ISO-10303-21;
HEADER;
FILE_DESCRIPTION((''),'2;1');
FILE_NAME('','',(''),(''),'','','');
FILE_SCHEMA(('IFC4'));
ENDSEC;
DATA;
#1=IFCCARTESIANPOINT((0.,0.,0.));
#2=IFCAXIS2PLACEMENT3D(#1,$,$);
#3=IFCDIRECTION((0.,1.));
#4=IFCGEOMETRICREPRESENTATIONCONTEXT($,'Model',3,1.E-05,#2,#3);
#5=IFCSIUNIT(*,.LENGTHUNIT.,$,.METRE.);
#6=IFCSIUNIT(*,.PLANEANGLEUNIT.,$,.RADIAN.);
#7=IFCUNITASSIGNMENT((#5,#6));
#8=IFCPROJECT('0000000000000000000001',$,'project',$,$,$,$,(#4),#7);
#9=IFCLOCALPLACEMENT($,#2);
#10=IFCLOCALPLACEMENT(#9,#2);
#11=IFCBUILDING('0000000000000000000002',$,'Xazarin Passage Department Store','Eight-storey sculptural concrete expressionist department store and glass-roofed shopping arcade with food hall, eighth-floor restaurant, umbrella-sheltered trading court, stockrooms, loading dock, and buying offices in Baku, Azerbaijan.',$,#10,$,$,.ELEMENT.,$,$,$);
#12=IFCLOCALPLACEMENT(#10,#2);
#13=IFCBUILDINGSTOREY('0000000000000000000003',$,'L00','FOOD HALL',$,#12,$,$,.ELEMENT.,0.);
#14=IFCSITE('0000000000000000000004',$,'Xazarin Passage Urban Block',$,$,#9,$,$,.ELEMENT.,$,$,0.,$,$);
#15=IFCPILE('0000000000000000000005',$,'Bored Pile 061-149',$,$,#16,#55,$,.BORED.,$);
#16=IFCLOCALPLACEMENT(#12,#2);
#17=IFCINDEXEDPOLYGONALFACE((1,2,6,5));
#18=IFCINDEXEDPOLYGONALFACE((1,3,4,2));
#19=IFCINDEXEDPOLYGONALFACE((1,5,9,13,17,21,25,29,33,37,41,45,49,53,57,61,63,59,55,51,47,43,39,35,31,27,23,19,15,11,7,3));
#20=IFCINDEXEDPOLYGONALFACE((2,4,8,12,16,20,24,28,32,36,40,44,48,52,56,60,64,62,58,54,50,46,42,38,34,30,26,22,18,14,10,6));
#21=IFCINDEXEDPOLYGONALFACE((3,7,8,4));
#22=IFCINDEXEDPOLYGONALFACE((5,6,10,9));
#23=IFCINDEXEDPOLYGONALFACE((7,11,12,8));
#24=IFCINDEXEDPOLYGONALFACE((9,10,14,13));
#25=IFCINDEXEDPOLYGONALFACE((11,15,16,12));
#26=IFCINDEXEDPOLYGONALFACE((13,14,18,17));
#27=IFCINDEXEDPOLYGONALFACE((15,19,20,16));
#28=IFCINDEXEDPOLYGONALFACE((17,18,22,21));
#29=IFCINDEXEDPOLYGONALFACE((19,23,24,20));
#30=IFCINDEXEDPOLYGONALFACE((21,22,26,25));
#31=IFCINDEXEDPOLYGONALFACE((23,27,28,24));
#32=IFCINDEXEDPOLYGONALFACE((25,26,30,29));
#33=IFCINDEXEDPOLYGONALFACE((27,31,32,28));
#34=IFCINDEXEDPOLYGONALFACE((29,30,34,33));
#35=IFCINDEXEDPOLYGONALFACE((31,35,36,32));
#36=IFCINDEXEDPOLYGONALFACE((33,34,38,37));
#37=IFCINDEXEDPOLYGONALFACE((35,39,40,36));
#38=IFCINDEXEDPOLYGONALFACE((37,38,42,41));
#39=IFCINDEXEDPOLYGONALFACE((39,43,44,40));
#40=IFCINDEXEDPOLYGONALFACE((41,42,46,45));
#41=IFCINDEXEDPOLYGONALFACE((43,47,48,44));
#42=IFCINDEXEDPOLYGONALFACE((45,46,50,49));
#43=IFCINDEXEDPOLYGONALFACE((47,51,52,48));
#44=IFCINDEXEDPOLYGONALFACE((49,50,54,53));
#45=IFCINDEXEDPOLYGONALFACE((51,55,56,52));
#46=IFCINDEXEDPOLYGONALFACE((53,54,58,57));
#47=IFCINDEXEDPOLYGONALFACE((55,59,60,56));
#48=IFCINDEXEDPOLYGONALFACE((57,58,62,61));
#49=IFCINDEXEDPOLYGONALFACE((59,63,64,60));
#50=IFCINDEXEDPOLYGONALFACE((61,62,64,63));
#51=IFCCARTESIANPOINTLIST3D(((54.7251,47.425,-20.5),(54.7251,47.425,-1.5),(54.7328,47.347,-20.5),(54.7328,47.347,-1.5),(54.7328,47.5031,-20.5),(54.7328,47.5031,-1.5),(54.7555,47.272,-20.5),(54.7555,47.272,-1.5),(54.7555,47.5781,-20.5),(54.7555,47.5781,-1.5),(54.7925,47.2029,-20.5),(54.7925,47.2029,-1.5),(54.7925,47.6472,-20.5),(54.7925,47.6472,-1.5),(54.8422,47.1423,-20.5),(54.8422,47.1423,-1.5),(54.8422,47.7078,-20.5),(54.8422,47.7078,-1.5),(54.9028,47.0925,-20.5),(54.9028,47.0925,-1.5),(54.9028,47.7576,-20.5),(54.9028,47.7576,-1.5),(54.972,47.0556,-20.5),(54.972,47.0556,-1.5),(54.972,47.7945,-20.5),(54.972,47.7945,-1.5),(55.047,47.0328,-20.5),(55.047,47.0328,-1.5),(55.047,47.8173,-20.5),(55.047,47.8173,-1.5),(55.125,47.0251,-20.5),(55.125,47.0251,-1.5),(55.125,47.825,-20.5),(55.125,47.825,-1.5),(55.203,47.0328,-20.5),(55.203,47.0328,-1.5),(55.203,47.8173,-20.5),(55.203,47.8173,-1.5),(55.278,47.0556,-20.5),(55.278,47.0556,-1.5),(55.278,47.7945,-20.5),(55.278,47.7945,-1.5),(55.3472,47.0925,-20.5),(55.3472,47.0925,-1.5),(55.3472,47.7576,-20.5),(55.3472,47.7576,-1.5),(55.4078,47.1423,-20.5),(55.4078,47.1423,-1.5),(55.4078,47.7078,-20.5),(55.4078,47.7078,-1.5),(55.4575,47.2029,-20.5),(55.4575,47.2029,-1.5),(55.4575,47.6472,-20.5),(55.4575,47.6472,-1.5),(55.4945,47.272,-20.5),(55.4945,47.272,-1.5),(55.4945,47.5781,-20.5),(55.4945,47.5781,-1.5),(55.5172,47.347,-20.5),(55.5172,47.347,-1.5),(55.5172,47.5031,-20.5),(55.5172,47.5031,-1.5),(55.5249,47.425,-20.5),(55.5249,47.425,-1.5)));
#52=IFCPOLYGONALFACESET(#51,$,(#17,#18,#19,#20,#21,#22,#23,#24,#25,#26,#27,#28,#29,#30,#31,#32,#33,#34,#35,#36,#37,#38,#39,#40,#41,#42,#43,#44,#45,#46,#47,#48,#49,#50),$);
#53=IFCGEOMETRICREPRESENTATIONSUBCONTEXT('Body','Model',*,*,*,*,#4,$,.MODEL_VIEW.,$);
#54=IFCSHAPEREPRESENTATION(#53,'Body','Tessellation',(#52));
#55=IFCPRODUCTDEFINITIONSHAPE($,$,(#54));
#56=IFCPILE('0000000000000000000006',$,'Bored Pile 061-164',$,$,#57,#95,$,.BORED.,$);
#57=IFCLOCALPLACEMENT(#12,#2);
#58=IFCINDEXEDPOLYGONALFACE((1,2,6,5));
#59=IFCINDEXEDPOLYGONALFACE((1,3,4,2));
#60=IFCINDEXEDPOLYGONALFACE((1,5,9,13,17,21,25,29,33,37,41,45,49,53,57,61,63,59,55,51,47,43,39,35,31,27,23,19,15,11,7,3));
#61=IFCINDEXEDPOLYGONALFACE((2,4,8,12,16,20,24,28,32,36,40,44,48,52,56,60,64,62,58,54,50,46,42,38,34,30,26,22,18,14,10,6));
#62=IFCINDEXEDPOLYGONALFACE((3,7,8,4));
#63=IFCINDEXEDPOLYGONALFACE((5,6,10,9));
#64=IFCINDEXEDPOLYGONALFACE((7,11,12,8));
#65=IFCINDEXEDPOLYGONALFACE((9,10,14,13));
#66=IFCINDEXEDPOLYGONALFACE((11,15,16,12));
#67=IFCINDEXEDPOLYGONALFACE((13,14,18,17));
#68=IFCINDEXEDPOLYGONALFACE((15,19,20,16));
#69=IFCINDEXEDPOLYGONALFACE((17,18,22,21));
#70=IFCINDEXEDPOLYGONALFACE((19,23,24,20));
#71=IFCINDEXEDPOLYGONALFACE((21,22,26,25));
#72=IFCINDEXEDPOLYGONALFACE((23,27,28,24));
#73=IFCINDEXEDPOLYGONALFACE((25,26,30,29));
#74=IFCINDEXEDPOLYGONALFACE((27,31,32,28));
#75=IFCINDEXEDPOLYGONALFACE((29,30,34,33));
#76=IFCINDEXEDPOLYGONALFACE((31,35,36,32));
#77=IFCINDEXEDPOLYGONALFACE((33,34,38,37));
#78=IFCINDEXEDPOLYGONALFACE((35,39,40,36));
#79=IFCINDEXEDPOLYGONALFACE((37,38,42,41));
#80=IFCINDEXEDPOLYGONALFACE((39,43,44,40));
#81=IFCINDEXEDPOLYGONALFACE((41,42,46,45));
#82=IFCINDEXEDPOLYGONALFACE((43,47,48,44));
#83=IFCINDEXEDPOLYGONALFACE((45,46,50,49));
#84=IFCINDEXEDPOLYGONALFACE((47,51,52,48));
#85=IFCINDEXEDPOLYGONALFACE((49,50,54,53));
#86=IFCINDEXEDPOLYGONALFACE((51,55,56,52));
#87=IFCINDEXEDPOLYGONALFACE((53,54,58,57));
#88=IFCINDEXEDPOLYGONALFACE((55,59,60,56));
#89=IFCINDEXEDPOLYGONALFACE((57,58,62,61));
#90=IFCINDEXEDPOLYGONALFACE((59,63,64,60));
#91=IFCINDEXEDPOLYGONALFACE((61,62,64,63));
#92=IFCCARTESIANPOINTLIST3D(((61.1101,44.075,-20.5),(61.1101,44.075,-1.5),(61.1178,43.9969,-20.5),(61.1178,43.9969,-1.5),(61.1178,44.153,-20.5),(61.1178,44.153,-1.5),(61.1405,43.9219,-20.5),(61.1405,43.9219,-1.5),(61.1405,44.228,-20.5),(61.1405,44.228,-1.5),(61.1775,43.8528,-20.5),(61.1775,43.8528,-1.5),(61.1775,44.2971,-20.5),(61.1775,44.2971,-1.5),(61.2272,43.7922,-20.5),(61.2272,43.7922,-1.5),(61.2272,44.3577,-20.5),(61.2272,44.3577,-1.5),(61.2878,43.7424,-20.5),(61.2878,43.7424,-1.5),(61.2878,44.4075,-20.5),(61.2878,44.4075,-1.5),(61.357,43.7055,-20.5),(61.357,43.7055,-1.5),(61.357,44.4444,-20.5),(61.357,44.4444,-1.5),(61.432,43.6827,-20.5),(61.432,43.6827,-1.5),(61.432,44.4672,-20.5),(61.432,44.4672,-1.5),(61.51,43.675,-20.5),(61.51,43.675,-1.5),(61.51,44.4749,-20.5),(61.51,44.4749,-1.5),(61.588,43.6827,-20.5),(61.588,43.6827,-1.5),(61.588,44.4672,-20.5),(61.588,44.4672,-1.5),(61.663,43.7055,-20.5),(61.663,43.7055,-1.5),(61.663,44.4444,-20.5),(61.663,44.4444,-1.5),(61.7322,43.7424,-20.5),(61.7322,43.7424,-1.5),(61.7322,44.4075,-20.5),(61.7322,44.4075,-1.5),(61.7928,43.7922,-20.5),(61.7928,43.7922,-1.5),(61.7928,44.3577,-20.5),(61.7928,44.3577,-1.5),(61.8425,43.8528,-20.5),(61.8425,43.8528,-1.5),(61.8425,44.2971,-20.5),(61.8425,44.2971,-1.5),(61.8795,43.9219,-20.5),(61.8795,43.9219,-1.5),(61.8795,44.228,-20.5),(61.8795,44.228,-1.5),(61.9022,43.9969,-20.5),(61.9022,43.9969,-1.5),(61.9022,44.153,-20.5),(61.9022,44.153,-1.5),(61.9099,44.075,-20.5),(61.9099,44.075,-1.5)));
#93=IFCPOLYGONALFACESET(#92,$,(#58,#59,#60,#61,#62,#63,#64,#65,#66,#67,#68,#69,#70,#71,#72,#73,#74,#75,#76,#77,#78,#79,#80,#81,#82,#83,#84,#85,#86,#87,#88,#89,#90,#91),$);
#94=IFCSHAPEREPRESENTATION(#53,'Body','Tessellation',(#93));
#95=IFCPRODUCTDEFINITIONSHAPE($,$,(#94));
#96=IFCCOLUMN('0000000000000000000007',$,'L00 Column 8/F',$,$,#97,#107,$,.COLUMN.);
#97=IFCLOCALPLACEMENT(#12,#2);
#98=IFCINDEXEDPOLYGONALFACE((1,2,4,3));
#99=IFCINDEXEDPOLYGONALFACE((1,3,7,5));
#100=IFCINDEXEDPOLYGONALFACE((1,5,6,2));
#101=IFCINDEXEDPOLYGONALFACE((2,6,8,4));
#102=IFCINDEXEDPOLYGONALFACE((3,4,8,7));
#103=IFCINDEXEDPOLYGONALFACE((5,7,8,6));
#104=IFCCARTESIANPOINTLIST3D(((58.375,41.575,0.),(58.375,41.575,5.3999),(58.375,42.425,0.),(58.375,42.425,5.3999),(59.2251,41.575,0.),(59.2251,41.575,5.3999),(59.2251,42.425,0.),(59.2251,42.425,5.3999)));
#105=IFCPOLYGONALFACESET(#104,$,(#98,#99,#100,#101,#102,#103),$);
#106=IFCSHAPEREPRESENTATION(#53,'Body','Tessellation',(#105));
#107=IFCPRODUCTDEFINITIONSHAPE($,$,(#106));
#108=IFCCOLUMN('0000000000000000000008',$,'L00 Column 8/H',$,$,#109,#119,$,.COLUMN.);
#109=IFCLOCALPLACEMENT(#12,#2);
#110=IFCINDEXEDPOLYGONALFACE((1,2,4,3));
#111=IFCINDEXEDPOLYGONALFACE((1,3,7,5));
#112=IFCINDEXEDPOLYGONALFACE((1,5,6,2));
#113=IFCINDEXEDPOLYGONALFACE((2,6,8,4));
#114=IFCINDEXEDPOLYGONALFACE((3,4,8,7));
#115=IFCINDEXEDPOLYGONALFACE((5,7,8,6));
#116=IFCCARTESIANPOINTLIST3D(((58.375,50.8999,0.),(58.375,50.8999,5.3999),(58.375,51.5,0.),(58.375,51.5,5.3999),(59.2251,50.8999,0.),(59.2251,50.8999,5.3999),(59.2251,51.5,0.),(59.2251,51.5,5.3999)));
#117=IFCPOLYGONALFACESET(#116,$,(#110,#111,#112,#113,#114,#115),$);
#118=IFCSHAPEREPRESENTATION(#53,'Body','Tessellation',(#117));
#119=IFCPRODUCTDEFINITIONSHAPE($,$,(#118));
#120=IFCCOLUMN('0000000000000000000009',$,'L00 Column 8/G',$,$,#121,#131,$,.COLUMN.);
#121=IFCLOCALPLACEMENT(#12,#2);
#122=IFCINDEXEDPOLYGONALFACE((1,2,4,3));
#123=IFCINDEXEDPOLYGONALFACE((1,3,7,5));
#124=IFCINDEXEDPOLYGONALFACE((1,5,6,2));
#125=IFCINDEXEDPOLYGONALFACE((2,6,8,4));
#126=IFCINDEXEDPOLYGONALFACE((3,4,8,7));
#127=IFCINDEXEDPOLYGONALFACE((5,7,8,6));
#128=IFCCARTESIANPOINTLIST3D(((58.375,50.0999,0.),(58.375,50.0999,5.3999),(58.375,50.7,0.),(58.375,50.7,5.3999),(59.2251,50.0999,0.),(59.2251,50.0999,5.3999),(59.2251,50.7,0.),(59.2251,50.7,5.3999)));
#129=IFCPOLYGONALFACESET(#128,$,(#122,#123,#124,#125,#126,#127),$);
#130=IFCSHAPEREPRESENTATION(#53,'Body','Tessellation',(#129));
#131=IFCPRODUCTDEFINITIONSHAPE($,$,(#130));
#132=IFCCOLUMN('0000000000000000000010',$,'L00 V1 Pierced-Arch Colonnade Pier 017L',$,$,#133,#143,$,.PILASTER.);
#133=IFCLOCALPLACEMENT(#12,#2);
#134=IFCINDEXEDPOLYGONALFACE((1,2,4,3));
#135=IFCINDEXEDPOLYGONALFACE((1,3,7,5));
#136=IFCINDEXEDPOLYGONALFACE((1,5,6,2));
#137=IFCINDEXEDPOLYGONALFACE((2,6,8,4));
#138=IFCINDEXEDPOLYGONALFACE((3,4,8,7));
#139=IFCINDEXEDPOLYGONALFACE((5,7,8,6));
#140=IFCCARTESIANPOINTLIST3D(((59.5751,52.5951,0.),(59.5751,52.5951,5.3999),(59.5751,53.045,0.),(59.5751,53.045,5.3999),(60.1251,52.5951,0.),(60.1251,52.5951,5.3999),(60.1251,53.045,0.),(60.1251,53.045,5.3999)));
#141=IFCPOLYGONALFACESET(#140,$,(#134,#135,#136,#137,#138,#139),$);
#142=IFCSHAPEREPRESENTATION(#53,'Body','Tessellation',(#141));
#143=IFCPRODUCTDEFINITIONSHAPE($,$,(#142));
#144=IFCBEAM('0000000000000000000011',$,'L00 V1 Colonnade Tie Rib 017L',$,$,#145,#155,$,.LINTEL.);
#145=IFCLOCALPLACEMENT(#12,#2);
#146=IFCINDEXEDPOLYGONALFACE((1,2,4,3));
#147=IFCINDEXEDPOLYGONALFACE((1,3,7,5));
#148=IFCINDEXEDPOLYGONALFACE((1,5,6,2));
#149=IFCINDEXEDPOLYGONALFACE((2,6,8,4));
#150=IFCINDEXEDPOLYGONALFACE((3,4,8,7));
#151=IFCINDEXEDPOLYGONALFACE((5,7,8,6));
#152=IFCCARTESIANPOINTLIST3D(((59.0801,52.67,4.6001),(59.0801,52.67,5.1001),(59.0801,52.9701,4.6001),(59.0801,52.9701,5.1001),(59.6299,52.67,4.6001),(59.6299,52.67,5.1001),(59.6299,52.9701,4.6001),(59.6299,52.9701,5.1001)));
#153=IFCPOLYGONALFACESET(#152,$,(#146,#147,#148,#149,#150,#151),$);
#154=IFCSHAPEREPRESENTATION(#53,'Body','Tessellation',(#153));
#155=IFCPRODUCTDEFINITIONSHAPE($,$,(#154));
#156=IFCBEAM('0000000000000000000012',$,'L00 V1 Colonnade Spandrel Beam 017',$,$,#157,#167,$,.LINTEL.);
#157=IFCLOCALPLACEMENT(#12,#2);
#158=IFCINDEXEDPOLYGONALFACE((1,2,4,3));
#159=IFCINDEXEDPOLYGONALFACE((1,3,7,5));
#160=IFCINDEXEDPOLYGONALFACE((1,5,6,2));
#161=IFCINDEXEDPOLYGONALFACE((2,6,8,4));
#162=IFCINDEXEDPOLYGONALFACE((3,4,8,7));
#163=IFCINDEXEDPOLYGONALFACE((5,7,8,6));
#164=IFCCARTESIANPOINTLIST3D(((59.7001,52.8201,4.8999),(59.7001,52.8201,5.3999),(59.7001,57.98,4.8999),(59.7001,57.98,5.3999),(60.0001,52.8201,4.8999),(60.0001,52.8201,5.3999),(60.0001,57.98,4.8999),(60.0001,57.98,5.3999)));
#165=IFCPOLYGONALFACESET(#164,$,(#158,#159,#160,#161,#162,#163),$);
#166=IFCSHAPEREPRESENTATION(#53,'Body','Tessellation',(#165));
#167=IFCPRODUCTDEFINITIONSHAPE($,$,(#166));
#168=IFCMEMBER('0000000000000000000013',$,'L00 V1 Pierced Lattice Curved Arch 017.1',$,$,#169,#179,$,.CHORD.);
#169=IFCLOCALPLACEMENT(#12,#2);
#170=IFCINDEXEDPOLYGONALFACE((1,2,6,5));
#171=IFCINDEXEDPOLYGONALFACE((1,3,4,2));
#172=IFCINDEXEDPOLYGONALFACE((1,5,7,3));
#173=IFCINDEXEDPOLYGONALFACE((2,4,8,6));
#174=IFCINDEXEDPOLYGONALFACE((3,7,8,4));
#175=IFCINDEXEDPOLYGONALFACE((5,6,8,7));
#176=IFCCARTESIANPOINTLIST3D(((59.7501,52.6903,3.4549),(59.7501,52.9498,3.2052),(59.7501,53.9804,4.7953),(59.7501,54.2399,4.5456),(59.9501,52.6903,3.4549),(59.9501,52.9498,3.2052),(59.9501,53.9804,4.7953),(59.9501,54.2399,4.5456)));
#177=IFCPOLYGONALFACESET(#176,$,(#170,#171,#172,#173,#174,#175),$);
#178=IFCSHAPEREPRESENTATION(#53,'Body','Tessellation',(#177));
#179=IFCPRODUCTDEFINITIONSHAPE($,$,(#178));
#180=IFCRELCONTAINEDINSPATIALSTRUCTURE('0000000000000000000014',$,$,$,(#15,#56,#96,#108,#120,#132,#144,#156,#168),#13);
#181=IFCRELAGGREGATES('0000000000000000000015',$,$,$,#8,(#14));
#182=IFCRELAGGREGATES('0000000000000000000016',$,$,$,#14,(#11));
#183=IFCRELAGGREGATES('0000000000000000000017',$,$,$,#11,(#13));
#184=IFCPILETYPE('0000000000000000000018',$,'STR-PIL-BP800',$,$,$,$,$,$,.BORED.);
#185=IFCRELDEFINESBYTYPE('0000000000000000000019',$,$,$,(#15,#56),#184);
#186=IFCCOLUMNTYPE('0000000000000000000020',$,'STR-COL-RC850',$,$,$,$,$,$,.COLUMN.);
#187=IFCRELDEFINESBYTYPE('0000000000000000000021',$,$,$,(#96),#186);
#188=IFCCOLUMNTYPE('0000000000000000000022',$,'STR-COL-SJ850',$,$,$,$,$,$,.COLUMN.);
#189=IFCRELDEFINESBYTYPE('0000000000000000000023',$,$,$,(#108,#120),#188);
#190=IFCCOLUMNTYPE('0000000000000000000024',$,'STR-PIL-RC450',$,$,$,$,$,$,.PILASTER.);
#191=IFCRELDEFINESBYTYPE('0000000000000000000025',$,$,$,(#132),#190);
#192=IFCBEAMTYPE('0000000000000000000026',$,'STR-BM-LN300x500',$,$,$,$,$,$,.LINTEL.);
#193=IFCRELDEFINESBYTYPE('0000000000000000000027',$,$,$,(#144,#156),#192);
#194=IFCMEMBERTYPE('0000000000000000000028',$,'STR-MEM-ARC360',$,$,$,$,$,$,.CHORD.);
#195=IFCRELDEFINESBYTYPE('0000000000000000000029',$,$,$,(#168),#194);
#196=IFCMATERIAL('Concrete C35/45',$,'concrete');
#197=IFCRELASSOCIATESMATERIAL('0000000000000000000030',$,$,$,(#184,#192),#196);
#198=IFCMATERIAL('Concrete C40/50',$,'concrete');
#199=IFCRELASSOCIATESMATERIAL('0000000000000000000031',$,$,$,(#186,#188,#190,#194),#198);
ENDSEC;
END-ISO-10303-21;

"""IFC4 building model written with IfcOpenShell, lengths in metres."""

from ifc_helpers import new_model, si_unit, direction, frame, origin, origin_2d, place, context, subcontext, project, spatial, rectangle, circle, extrude, material, material_profile, profile_set, type_object, element, save


model = new_model("IFC4")

# Units and contexts
model_context = context("Model", 3, precision=1e-05, world=origin(), true_north=direction((0.0, 1.0)))
body_context = subcontext(model_context, "Body", "Model", "MODEL_VIEW")
ifc_project = project(units=[si_unit("LENGTHUNIT", "METRE"), si_unit("PLANEANGLEUNIT", "RADIAN")], contexts=[model_context])

# Site, building, storey
site_placement = place(None, origin())
site = spatial("IfcSite", under=ifc_project, at=site_placement, Name="Xazarin Passage Urban Block", CompositionType="ELEMENT", RefElevation=0.0)
building_placement = place(site_placement, origin())
building = spatial("IfcBuilding", under=site, at=building_placement, Name="Xazarin Passage Department Store", Description="Eight-storey sculptural concrete expressionist department store and glass-roofed shopping arcade with food hall, eighth-floor restaurant, umbrella-sheltered trading court, stockrooms, loading dock, and buying offices in Baku, Azerbaijan.", CompositionType="ELEMENT")
storey_placement = place(building_placement, origin())
storey = spatial("IfcBuildingStorey", under=building, at=storey_placement, Name="L00", Description="FOOD HALL", CompositionType="ELEMENT", Elevation=0.0)

# Piles
ifc_material_1 = material(Name="Concrete C35/45", Category="concrete")
ifc_material_profile_1 = material_profile(ifc_material_1, circle(Radius=0.3999, at=origin_2d()), Name="BP 800")
ifc_profile_set_1 = profile_set([ifc_material_profile_1], Name="Concrete C35/45")
pile_type_1 = type_object("IfcPileType", Name="STR-PIL-BP800", PredefinedType="BORED", material=ifc_profile_set_1)
for number, where, z_axis, x_axis, name in (
    (1, (55.125, 47.425, -1.5), (0.0, 0.0, -1.0), (1.0, 0.0, 0.0), "Bored Pile 061-149"),
    (2, (61.51, 44.075, -1.5), (0.0, 0.0, -1.0), (1.0, 0.0, 0.0), "Bored Pile 061-164"),
):
    element("IfcPile", number, at=place(storey_placement, frame(where, z_axis=z_axis, x_axis=x_axis)), inside=storey, type_object=pile_type_1, Name=name, PredefinedType="BORED", context=body_context, shape_type="SweptSolid", body=[
        extrude(circle(Radius=0.3999, at=origin_2d()), origin(), (0.0, 0.0, 1.0), 19.0),
    ])

# Columns
ifc_material_2 = material(Name="Concrete C40/50", Category="concrete")
ifc_material_profile_2 = material_profile(ifc_material_2, rectangle(XDim=0.8501, YDim=0.8501, at=origin_2d()), Name="RC 850x850")
ifc_profile_set_2 = profile_set([ifc_material_profile_2], Name="Concrete C40/50")
column_type_1 = type_object("IfcColumnType", Name="STR-COL-RC850", PredefinedType="COLUMN", material=ifc_profile_set_2)
column_1_placement = place(storey_placement, frame((58.8, 42.0, 0.0), z_axis=(0.0, 0.0, 1.0), x_axis=(1.0, 0.0, 0.0)))
element("IfcColumn", 3, at=column_1_placement, inside=storey, type_object=column_type_1, Name="L00 Column 8/F", PredefinedType="COLUMN", context=body_context, shape_type="SweptSolid", body=[
    extrude(rectangle(XDim=0.8501, YDim=0.8501, at=origin_2d()), origin(), (0.0, 0.0, 1.0), 5.3999),
])
ifc_material_profile_3 = material_profile(ifc_material_2, rectangle(XDim=0.6001, YDim=0.8501, at=origin_2d()), Name="RC 600x850")
ifc_profile_set_3 = profile_set([ifc_material_profile_3], Name="Concrete C40/50")
column_type_2 = type_object("IfcColumnType", Name="STR-COL-SJ850", PredefinedType="COLUMN", material=ifc_profile_set_3)
for number, where, z_axis, x_axis, name in (
    (4, (58.8, 51.2, 0.0), (0.0, 0.0, 1.0), (0.0, 1.0, 0.0), "L00 Column 8/H"),
    (5, (58.8, 50.3999, 0.0), (0.0, 0.0, 1.0), (0.0, 1.0, 0.0), "L00 Column 8/G"),
):
    element("IfcColumn", number, at=place(storey_placement, frame(where, z_axis=z_axis, x_axis=x_axis)), inside=storey, type_object=column_type_2, Name=name, PredefinedType="COLUMN", context=body_context, shape_type="SweptSolid", body=[
        extrude(rectangle(XDim=0.6001, YDim=0.8501, at=origin_2d()), origin(), (0.0, 0.0, 1.0), 5.3999),
    ])
ifc_material_profile_4 = material_profile(ifc_material_2, rectangle(XDim=0.45, YDim=0.55, at=origin_2d()), Name="RC 450x550")
ifc_profile_set_4 = profile_set([ifc_material_profile_4], Name="Concrete C40/50")
column_type_3 = type_object("IfcColumnType", Name="STR-PIL-RC450", PredefinedType="PILASTER", material=ifc_profile_set_4)
column_2_placement = place(storey_placement, frame((59.8501, 52.8201, 0.0), z_axis=(0.0, 0.0, 1.0), x_axis=(0.0, 1.0, 0.0)))
element("IfcColumn", 6, at=column_2_placement, inside=storey, type_object=column_type_3, Name="L00 V1 Pierced-Arch Colonnade Pier 017L", PredefinedType="PILASTER", context=body_context, shape_type="SweptSolid", body=[
    extrude(rectangle(XDim=0.45, YDim=0.55, at=origin_2d()), origin(), (0.0, 0.0, 1.0), 5.3999),
])

# Beams
ifc_material_profile_5 = material_profile(ifc_material_1, rectangle(XDim=0.3, YDim=0.5, at=origin_2d()), Name="RC 300x500")
ifc_profile_set_5 = profile_set([ifc_material_profile_5], Name="Concrete C35/45")
beam_type = type_object("IfcBeamType", Name="STR-BM-LN300x500", PredefinedType="LINTEL", material=ifc_profile_set_5)
beam_1_placement = place(storey_placement, frame((59.0801, 52.8201, 4.8501), z_axis=(1.0, 0.0, 0.0), x_axis=(0.0, 1.0, 0.0)))
element("IfcBeam", 7, at=beam_1_placement, inside=storey, type_object=beam_type, Name="L00 V1 Colonnade Tie Rib 017L", PredefinedType="LINTEL", context=body_context, shape_type="SweptSolid", body=[
    extrude(rectangle(XDim=0.3, YDim=0.5, at=origin_2d()), origin(), (0.0, 0.0, 1.0), 0.5498),
])
beam_2_placement = place(storey_placement, frame((59.8501, 52.8201, 5.1499), z_axis=(0.0, 1.0, 0.0), x_axis=(-1.0, 0.0, 0.0)))
element("IfcBeam", 8, at=beam_2_placement, inside=storey, type_object=beam_type, Name="L00 V1 Colonnade Spandrel Beam 017", PredefinedType="LINTEL", context=body_context, shape_type="SweptSolid", body=[
    extrude(rectangle(XDim=0.3, YDim=0.5, at=origin_2d()), origin(), (0.0, 0.0, 1.0), 5.1599),
])

# Member
ifc_material_profile_6 = material_profile(ifc_material_2, rectangle(XDim=0.2, YDim=0.3601, at=origin_2d()), Name="RC 200x360")
ifc_profile_set_6 = profile_set([ifc_material_profile_6], Name="Concrete C40/50")
member_type = type_object("IfcMemberType", Name="STR-MEM-ARC360", PredefinedType="CHORD", material=ifc_profile_set_6)
member_placement = place(storey_placement, frame((59.8501, 52.8201, 3.3301), z_axis=(0.0, 0.69346, 0.720495), x_axis=(-1.0, 0.0, 0.0)))
element("IfcMember", 9, at=member_placement, inside=storey, type_object=member_type, Name="L00 V1 Pierced Lattice Curved Arch 017.1", PredefinedType="CHORD", context=body_context, shape_type="SweptSolid", body=[
    extrude(rectangle(XDim=0.2, YDim=0.3601, at=origin_2d()), origin(), (0.0, 0.0, 1.0), 1.8604),
])

save(model, "model.ifc")
